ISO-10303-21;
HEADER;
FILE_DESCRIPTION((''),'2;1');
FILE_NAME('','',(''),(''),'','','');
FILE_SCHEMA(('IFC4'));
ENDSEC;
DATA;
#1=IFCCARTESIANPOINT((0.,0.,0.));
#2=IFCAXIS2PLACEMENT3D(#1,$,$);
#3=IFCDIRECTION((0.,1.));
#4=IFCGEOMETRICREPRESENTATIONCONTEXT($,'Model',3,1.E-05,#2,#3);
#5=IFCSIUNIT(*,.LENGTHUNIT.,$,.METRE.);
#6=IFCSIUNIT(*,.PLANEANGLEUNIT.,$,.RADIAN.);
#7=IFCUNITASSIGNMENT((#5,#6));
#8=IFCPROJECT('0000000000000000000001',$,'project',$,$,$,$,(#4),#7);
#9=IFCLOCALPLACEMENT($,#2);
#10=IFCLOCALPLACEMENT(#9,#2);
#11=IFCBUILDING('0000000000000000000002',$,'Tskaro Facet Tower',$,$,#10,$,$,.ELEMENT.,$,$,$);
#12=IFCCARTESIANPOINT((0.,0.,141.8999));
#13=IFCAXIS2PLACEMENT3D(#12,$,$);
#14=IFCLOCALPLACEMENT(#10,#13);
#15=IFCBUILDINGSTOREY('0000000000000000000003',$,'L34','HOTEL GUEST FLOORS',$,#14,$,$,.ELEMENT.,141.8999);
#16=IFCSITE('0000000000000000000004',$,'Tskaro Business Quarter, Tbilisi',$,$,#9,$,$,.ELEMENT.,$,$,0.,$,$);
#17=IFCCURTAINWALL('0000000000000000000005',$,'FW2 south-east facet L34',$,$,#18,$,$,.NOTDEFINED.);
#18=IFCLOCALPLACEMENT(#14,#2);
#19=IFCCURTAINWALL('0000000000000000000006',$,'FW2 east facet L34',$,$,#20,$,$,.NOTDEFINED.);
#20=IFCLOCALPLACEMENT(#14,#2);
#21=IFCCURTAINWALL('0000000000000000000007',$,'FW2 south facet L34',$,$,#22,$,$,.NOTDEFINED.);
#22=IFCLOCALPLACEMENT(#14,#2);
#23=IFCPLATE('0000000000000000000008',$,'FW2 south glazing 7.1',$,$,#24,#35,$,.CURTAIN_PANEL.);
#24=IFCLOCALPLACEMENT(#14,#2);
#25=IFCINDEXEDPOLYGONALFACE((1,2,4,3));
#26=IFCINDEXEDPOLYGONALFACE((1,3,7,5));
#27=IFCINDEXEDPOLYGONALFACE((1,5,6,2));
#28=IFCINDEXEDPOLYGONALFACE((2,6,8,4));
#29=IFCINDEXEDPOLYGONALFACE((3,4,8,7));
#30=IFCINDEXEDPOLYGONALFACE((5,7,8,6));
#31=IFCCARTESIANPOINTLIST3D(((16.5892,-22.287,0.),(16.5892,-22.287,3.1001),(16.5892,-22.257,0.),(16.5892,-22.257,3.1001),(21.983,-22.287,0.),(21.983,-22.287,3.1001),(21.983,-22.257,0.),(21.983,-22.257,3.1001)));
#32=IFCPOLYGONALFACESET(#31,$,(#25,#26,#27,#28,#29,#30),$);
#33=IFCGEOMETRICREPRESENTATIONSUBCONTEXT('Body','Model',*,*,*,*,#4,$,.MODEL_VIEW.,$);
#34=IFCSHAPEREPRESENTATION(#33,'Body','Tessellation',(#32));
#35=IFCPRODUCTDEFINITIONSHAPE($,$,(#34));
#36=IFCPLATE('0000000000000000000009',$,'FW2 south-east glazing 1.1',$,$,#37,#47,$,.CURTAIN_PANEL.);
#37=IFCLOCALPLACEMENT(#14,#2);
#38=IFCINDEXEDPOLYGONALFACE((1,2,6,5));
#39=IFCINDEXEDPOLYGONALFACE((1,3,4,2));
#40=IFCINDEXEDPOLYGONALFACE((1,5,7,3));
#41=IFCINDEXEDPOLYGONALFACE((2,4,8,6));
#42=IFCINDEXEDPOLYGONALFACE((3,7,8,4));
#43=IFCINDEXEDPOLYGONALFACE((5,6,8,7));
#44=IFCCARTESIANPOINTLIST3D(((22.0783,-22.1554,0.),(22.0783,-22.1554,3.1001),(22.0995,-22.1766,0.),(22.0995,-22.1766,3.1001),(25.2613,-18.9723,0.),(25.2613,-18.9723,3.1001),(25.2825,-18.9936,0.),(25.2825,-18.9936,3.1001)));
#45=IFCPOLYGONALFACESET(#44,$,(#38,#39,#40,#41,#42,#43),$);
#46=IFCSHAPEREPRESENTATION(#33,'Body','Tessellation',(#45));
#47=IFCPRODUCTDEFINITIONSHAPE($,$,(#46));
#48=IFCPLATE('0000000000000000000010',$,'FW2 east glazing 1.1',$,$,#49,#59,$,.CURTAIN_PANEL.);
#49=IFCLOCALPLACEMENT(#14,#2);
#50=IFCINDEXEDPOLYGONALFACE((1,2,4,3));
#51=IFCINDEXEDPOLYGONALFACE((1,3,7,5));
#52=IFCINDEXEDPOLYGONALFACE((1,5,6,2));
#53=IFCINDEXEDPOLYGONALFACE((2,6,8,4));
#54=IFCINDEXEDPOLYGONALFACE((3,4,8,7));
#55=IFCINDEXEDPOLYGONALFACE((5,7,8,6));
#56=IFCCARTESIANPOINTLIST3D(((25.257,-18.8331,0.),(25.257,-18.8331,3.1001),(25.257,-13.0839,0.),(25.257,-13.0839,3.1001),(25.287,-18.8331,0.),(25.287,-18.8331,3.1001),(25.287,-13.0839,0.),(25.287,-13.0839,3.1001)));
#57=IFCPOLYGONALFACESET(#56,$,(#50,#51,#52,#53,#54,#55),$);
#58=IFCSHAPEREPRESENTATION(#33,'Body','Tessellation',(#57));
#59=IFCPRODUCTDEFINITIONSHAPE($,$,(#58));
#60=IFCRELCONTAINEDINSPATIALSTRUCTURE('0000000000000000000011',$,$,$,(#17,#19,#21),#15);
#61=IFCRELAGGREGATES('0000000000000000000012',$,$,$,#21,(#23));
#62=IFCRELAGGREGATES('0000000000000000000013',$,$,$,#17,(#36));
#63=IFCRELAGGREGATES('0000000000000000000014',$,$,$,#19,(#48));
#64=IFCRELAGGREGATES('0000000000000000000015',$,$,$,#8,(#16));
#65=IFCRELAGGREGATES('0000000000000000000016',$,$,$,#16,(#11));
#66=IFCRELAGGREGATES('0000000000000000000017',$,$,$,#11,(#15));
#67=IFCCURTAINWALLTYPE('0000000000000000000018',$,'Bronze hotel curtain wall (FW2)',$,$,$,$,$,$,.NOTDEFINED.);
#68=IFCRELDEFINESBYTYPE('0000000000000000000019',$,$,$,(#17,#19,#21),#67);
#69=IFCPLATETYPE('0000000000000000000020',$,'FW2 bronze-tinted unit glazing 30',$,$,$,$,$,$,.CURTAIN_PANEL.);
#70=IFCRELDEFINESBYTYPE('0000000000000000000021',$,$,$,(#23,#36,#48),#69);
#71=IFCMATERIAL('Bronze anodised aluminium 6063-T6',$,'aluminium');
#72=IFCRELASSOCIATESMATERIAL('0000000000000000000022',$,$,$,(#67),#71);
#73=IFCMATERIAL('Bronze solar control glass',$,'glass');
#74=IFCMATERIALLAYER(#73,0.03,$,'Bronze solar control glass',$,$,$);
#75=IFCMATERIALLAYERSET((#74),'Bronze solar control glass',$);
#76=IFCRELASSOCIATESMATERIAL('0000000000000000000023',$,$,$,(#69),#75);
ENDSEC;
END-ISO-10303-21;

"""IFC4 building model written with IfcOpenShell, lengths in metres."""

from ifc_helpers import new_model, si_unit, direction, frame, origin, origin_2d, place, context, subcontext, project, spatial, rectangle, extrude, material, layer, layer_set, type_object, element, aggregate, save


model = new_model("IFC4")

# Units and contexts
model_context = context("Model", 3, precision=1e-05, world=origin(), true_north=direction((0.0, 1.0)))
body_context = subcontext(model_context, "Body", "Model", "MODEL_VIEW")
ifc_project = project(units=[si_unit("LENGTHUNIT", "METRE"), si_unit("PLANEANGLEUNIT", "RADIAN")], contexts=[model_context])

# Site, building, storey
site_placement = place(None, origin())
site = spatial("IfcSite", under=ifc_project, at=site_placement, Name="Tskaro Business Quarter, Tbilisi", CompositionType="ELEMENT", RefElevation=0.0)
building_placement = place(site_placement, origin())
building = spatial("IfcBuilding", under=site, at=building_placement, Name="Tskaro Facet Tower", CompositionType="ELEMENT")
storey_placement = place(building_placement, frame((0.0, 0.0, 141.8999)))
storey = spatial("IfcBuildingStorey", under=building, at=storey_placement, Name="L34", Description="HOTEL GUEST FLOORS", CompositionType="ELEMENT", Elevation=141.8999)

# Curtain walls
ifc_material_1 = material(Name="Bronze anodised aluminium 6063-T6", Category="aluminium")
curtain_wall_type = type_object("IfcCurtainWallType", Name="Bronze hotel curtain wall (FW2)", PredefinedType="NOTDEFINED", material=ifc_material_1)
curtain_wall_1_placement = place(storey_placement, origin())
curtain_wall_1 = element("IfcCurtainWall", 1, at=curtain_wall_1_placement, inside=storey, type_object=curtain_wall_type, Name="FW2 south-east facet L34", PredefinedType="NOTDEFINED")
curtain_wall_2_placement = place(storey_placement, origin())
curtain_wall_2 = element("IfcCurtainWall", 2, at=curtain_wall_2_placement, inside=storey, type_object=curtain_wall_type, Name="FW2 east facet L34", PredefinedType="NOTDEFINED")
curtain_wall_3_placement = place(storey_placement, origin())
curtain_wall_3 = element("IfcCurtainWall", 3, at=curtain_wall_3_placement, inside=storey, type_object=curtain_wall_type, Name="FW2 south facet L34", PredefinedType="NOTDEFINED")

# Plates
ifc_material_2 = material(Name="Bronze solar control glass", Category="glass")
ifc_layer_1 = layer(ifc_material_2, 0.03, Name="Bronze solar control glass")
ifc_layer_set_1 = layer_set([ifc_layer_1], Name="Bronze solar control glass")
plate_type = type_object("IfcPlateType", Name="FW2 bronze-tinted unit glazing 30", PredefinedType="CURTAIN_PANEL", material=ifc_layer_set_1)
plate_1_placement = place(storey_placement, frame((19.2861, -22.272, 0.0), z_axis=(0.0, 0.0, 1.0), x_axis=(1.0, 0.0, 0.0)))
plate_1 = element("IfcPlate", 4, at=plate_1_placement, type_object=plate_type, Name="FW2 south glazing 7.1", PredefinedType="CURTAIN_PANEL", context=body_context, shape_type="SweptSolid", body=[
    extrude(rectangle(XDim=5.3938, YDim=0.03, at=origin_2d()), origin(), (0.0, 0.0, 1.0), 3.1001),
])
aggregate(curtain_wall_3, [plate_1])
plate_2_placement = place(storey_placement, frame((23.6804, -20.5745, 0.0), z_axis=(0.0, 0.0, 1.0), x_axis=(0.707107, 0.707107, 0.0)))
plate_2 = element("IfcPlate", 5, at=plate_2_placement, type_object=plate_type, Name="FW2 south-east glazing 1.1", PredefinedType="CURTAIN_PANEL", context=body_context, shape_type="SweptSolid", body=[
    extrude(rectangle(XDim=4.5015, YDim=0.03, at=origin_2d()), origin(), (0.0, 0.0, 1.0), 3.1001),
])
aggregate(curtain_wall_1, [plate_2])
plate_3_placement = place(storey_placement, frame((25.272, -15.9585, 0.0), z_axis=(0.0, 0.0, 1.0), x_axis=(0.0, 1.0, 0.0)))
plate_3 = element("IfcPlate", 6, at=plate_3_placement, type_object=plate_type, Name="FW2 east glazing 1.1", PredefinedType="CURTAIN_PANEL", context=body_context, shape_type="SweptSolid", body=[
    extrude(rectangle(XDim=5.7493, YDim=0.03, at=origin_2d()), origin(), (0.0, 0.0, 1.0), 3.1001),
])
aggregate(curtain_wall_2, [plate_3])

save(model, "model.ifc")
